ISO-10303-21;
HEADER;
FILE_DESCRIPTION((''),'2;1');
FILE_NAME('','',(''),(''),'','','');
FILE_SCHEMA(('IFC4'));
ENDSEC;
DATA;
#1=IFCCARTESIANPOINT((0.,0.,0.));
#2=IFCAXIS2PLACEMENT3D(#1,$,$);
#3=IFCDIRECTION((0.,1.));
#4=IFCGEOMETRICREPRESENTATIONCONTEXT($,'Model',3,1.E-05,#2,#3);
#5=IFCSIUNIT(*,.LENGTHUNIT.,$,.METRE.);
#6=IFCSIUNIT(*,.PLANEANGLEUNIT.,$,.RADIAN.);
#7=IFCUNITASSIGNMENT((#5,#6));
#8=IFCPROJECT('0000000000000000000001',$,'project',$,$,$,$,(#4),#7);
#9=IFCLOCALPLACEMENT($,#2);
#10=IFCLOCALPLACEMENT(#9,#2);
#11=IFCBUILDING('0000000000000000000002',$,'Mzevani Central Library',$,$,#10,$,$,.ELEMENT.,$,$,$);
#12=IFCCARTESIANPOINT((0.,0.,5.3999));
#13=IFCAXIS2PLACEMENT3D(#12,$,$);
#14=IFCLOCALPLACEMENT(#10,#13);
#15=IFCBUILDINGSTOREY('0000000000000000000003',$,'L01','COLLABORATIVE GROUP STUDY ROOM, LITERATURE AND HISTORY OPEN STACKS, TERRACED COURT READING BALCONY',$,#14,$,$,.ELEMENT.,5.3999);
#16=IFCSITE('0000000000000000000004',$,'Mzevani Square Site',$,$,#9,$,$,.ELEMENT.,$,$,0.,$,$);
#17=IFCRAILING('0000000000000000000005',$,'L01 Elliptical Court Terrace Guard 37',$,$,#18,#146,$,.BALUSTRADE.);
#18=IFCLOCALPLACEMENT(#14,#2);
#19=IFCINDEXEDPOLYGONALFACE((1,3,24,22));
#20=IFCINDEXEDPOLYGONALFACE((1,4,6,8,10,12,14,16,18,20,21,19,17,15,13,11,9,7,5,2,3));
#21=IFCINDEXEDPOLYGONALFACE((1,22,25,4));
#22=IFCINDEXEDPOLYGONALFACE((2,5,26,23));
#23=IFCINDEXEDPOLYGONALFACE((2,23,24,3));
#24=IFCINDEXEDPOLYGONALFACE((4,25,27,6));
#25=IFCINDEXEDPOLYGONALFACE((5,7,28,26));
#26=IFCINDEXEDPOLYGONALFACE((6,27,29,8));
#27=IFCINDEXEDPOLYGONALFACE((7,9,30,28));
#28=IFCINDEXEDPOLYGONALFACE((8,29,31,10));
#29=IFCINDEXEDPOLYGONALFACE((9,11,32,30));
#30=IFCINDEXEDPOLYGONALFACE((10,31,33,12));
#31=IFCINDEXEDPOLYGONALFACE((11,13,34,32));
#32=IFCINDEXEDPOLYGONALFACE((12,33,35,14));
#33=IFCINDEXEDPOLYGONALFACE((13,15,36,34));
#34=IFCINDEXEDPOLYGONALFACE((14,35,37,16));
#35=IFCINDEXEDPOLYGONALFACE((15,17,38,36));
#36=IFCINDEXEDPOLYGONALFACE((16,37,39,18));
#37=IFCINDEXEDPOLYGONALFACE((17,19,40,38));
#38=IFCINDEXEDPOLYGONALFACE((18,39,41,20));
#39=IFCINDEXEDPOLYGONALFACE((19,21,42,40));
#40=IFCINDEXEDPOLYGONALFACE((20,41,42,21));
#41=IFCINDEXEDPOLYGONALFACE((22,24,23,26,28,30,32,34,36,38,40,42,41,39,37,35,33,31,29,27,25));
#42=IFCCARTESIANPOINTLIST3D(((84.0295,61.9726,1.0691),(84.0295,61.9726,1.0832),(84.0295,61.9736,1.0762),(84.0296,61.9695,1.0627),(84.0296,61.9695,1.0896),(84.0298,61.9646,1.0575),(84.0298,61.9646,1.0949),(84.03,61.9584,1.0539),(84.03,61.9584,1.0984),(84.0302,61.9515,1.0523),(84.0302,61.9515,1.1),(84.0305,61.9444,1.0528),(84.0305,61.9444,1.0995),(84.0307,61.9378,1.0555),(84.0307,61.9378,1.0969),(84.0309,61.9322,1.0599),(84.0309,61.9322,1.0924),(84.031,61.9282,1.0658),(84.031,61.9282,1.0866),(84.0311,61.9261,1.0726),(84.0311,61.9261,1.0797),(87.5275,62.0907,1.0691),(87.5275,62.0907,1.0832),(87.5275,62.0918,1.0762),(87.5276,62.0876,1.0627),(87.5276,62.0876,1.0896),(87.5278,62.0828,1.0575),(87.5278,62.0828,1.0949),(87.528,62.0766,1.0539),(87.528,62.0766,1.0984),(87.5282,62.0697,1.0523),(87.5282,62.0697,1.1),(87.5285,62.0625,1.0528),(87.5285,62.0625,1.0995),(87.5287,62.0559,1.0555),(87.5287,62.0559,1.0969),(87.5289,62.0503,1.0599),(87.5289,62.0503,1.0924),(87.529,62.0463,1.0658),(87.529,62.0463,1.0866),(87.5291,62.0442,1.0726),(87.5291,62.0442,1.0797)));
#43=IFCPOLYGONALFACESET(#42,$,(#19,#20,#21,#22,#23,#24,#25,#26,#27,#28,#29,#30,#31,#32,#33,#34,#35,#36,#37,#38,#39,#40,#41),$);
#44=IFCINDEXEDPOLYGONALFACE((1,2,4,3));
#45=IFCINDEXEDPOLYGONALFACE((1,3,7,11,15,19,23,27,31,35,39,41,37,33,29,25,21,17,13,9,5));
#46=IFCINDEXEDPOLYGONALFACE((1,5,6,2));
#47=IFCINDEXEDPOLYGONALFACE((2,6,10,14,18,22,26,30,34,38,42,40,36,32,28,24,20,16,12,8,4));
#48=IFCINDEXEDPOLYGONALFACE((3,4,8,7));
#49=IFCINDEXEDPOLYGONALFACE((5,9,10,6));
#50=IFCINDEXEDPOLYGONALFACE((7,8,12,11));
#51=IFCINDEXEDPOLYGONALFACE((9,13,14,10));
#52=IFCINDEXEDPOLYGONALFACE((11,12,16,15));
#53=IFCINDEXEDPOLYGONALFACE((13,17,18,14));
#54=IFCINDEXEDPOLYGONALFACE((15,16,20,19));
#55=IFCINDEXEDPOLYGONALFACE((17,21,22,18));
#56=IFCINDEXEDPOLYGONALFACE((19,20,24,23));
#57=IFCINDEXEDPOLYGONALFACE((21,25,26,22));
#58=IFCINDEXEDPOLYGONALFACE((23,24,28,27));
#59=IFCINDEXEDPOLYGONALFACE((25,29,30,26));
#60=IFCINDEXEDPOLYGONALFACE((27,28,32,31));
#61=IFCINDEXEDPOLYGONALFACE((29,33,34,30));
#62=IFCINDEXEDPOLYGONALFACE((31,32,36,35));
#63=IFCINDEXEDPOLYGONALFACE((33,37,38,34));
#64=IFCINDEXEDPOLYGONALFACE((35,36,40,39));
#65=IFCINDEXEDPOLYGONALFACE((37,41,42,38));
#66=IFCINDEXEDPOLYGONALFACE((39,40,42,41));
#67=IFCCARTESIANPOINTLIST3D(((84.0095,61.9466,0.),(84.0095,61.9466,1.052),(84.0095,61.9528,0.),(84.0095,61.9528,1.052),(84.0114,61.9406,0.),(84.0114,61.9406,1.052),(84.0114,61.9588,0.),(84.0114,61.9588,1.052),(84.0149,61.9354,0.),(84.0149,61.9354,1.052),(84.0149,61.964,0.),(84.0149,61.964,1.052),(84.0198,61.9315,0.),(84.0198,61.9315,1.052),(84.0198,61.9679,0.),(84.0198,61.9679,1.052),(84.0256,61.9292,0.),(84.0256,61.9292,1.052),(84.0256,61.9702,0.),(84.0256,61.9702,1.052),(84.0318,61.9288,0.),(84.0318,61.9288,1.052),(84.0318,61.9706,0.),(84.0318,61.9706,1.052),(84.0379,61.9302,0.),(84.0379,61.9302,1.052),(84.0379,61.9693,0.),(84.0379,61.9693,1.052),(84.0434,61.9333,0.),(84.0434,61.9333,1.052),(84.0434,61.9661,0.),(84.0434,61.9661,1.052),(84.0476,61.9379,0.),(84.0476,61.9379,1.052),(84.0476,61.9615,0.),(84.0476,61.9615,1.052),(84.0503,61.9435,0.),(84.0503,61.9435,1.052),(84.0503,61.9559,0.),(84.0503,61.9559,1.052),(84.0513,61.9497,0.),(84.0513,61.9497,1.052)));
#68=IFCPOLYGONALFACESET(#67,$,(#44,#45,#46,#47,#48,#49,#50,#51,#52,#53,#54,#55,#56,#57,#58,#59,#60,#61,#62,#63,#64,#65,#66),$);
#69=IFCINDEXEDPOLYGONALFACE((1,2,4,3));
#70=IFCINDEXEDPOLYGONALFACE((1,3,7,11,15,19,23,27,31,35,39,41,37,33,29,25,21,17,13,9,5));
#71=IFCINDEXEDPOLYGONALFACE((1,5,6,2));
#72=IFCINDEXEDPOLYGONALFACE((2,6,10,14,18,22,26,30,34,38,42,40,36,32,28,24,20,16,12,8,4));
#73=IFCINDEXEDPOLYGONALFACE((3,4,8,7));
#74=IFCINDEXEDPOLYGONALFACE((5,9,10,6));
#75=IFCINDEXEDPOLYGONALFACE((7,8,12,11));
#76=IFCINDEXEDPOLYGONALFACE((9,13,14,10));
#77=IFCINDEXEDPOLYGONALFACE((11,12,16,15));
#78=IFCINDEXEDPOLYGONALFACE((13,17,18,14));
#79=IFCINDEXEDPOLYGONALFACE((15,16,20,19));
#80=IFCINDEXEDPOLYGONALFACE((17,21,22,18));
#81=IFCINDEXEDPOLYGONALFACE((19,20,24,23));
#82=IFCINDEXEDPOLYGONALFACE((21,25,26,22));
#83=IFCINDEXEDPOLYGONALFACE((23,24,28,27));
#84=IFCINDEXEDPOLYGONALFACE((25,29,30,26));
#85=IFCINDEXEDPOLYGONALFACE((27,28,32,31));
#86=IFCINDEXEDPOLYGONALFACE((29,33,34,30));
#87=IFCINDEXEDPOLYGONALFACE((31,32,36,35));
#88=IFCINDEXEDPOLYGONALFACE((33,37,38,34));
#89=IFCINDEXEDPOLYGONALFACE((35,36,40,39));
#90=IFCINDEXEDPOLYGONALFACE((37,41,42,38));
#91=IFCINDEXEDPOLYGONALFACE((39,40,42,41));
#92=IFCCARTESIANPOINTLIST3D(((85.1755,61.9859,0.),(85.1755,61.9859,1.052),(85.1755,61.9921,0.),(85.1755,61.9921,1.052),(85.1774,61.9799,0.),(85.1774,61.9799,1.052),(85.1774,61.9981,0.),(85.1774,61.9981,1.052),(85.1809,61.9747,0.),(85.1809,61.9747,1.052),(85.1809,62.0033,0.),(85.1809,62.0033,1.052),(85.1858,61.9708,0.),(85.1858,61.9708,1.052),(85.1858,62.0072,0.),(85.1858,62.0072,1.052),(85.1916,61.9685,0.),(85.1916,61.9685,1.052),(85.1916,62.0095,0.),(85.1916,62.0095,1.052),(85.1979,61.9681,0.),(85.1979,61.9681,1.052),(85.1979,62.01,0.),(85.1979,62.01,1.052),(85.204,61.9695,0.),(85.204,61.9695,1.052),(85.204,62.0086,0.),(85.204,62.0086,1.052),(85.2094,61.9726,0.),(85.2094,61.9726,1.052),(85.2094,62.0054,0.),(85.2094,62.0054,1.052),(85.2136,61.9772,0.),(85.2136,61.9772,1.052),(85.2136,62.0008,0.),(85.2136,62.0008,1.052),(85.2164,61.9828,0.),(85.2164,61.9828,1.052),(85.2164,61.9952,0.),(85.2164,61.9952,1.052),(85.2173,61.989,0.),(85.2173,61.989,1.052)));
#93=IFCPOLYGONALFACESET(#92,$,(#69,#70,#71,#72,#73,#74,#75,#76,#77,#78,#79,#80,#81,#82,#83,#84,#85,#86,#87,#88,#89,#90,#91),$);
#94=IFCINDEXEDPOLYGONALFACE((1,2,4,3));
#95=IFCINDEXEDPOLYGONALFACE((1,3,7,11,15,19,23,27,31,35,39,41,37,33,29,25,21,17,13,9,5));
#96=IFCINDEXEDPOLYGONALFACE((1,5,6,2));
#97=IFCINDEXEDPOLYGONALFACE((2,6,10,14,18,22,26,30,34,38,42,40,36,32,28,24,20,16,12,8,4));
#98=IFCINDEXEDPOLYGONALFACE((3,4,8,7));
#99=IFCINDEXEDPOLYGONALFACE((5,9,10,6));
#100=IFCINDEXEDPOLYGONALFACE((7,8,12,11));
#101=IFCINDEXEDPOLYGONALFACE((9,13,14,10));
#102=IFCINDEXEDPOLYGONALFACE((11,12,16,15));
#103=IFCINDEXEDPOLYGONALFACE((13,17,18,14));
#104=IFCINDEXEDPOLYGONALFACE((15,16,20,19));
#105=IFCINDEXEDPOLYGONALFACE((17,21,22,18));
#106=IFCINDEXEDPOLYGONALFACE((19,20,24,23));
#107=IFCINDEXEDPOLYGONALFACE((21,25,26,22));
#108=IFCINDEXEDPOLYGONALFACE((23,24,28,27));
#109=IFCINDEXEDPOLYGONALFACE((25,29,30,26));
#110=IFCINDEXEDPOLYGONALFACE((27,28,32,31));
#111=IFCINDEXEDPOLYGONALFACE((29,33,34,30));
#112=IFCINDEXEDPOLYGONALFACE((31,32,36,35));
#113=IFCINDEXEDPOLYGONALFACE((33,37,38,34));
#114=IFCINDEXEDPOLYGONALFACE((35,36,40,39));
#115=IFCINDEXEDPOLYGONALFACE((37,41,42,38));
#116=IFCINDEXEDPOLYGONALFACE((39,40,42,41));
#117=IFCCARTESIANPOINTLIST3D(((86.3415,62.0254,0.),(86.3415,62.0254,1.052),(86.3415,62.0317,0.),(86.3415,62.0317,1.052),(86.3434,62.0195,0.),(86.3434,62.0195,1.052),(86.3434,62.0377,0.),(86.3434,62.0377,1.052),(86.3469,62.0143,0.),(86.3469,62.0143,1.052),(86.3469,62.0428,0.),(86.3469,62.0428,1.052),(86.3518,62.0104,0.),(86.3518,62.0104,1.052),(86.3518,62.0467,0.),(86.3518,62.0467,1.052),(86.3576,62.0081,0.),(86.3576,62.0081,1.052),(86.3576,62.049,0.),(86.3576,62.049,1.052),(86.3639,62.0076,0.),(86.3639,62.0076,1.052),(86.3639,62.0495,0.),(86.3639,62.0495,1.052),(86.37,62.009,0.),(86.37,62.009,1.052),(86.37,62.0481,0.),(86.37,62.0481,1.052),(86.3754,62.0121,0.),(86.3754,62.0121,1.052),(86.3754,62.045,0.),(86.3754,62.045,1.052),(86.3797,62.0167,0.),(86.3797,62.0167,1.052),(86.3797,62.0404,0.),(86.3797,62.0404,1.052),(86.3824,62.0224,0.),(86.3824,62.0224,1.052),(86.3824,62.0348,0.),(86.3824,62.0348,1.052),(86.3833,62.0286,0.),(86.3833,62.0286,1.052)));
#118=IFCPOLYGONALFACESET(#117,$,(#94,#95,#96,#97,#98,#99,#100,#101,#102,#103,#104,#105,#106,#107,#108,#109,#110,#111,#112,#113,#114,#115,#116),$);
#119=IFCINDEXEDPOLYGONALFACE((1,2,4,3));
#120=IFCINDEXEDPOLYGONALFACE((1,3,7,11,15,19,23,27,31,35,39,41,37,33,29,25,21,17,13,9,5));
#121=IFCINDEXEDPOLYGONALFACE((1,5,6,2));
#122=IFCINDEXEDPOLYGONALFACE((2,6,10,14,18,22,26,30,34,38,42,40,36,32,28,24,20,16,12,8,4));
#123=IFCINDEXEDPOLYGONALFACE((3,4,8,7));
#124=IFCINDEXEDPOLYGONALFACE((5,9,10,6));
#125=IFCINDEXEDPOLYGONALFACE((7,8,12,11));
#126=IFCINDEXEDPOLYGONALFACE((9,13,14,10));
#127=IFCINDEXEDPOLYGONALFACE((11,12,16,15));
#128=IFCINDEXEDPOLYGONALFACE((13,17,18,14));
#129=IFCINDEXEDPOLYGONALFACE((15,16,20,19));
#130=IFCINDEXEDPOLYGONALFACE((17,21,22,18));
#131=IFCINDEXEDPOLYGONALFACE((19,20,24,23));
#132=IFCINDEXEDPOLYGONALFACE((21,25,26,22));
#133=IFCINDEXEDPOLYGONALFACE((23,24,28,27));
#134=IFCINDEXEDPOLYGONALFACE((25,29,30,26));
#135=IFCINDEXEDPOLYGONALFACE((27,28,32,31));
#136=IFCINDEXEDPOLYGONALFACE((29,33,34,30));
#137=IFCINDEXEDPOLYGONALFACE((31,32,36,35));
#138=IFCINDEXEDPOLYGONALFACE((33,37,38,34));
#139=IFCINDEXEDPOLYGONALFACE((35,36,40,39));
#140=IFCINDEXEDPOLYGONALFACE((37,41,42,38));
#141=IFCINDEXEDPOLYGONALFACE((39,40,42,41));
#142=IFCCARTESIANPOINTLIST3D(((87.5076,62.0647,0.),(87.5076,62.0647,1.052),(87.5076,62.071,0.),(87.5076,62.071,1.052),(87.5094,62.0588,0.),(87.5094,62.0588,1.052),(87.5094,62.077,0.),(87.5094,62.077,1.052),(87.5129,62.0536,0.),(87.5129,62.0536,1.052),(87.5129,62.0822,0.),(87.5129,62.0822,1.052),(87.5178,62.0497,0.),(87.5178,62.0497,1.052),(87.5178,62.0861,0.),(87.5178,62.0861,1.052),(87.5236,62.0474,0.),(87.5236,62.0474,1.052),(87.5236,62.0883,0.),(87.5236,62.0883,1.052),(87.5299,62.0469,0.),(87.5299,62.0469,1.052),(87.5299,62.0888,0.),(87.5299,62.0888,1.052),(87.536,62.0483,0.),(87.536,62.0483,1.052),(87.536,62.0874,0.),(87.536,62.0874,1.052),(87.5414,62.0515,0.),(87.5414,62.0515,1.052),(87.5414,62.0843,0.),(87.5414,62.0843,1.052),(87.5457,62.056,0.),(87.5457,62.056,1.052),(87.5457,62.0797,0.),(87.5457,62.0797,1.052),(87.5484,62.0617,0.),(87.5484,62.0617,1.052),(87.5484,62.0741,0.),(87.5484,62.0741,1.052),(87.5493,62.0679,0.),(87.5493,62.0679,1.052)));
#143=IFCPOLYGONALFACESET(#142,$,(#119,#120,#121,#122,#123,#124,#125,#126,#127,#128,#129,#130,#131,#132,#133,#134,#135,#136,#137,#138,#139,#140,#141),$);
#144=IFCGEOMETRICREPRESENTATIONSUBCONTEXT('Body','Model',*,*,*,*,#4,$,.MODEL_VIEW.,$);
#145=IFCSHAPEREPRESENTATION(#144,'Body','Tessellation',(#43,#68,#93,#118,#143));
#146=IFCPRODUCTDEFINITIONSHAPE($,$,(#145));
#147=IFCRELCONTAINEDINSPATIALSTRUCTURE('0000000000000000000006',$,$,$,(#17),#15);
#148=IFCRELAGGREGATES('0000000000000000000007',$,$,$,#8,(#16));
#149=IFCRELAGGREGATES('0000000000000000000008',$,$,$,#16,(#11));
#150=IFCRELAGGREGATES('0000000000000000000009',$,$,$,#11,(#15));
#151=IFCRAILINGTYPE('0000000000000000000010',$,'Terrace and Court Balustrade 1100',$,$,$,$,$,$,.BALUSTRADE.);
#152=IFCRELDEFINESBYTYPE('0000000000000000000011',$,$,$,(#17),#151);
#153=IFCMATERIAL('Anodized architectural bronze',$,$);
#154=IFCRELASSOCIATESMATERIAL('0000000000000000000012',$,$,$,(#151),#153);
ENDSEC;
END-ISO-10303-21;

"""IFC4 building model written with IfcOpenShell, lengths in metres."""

from ifc_helpers import new_model, si_unit, direction, frame, origin, origin_2d, place, context, subcontext, project, spatial, circle, extrude, material, type_object, element, save


model = new_model("IFC4")

# Units and contexts
model_context = context("Model", 3, precision=1e-05, world=origin(), true_north=direction((0.0, 1.0)))
body_context = subcontext(model_context, "Body", "Model", "MODEL_VIEW")
ifc_project = project(units=[si_unit("LENGTHUNIT", "METRE"), si_unit("PLANEANGLEUNIT", "RADIAN")], contexts=[model_context])

# Site, building, storey
site_placement = place(None, origin())
site = spatial("IfcSite", under=ifc_project, at=site_placement, Name="Mzevani Square Site", CompositionType="ELEMENT", RefElevation=0.0)
building_placement = place(site_placement, origin())
building = spatial("IfcBuilding", under=site, at=building_placement, Name="Mzevani Central Library", CompositionType="ELEMENT")
storey_placement = place(building_placement, frame((0.0, 0.0, 5.3999)))
storey = spatial("IfcBuildingStorey", under=building, at=storey_placement, Name="L01", Description="COLLABORATIVE GROUP STUDY ROOM, LITERATURE AND HISTORY OPEN STACKS, TERRACED COURT READING BALCONY", CompositionType="ELEMENT", Elevation=5.3999)

# Railing
ifc_material_1 = material(Name="Anodized architectural bronze")
railing_type = type_object("IfcRailingType", Name="Terrace and Court Balustrade 1100", PredefinedType="BALUSTRADE", material=ifc_material_1)
railing_1_placement = place(storey_placement, frame((84.0303, 61.9497, 0.0)))
element("IfcRailing", 1, at=railing_1_placement, inside=storey, type_object=railing_type, Name="L01 Elliptical Court Terrace Guard 37", PredefinedType="BALUSTRADE", context=body_context, shape_type="SweptSolid", body=[
    extrude(circle(Radius=0.0239, at=origin_2d()), frame((0.0, 0.0, 1.0762), z_axis=(0.99943, 0.033761, 0.0), x_axis=(-0.033761, 0.99943, 0.0)), (0.0, 0.0, 1.0), 3.5),
    extrude(circle(Radius=0.021, at=origin_2d()), origin(), (0.0, 0.0, 1.0), 1.052),
    extrude(circle(Radius=0.021, at=origin_2d()), frame((1.166, 0.0393, 0.0)), (0.0, 0.0, 1.0), 1.052),
    extrude(circle(Radius=0.021, at=origin_2d()), frame((2.332, 0.0789, 0.0)), (0.0, 0.0, 1.0), 1.052),
    extrude(circle(Radius=0.021, at=origin_2d()), frame((3.498, 0.1182, 0.0)), (0.0, 0.0, 1.0), 1.052),
])

save(model, "model.ifc")
